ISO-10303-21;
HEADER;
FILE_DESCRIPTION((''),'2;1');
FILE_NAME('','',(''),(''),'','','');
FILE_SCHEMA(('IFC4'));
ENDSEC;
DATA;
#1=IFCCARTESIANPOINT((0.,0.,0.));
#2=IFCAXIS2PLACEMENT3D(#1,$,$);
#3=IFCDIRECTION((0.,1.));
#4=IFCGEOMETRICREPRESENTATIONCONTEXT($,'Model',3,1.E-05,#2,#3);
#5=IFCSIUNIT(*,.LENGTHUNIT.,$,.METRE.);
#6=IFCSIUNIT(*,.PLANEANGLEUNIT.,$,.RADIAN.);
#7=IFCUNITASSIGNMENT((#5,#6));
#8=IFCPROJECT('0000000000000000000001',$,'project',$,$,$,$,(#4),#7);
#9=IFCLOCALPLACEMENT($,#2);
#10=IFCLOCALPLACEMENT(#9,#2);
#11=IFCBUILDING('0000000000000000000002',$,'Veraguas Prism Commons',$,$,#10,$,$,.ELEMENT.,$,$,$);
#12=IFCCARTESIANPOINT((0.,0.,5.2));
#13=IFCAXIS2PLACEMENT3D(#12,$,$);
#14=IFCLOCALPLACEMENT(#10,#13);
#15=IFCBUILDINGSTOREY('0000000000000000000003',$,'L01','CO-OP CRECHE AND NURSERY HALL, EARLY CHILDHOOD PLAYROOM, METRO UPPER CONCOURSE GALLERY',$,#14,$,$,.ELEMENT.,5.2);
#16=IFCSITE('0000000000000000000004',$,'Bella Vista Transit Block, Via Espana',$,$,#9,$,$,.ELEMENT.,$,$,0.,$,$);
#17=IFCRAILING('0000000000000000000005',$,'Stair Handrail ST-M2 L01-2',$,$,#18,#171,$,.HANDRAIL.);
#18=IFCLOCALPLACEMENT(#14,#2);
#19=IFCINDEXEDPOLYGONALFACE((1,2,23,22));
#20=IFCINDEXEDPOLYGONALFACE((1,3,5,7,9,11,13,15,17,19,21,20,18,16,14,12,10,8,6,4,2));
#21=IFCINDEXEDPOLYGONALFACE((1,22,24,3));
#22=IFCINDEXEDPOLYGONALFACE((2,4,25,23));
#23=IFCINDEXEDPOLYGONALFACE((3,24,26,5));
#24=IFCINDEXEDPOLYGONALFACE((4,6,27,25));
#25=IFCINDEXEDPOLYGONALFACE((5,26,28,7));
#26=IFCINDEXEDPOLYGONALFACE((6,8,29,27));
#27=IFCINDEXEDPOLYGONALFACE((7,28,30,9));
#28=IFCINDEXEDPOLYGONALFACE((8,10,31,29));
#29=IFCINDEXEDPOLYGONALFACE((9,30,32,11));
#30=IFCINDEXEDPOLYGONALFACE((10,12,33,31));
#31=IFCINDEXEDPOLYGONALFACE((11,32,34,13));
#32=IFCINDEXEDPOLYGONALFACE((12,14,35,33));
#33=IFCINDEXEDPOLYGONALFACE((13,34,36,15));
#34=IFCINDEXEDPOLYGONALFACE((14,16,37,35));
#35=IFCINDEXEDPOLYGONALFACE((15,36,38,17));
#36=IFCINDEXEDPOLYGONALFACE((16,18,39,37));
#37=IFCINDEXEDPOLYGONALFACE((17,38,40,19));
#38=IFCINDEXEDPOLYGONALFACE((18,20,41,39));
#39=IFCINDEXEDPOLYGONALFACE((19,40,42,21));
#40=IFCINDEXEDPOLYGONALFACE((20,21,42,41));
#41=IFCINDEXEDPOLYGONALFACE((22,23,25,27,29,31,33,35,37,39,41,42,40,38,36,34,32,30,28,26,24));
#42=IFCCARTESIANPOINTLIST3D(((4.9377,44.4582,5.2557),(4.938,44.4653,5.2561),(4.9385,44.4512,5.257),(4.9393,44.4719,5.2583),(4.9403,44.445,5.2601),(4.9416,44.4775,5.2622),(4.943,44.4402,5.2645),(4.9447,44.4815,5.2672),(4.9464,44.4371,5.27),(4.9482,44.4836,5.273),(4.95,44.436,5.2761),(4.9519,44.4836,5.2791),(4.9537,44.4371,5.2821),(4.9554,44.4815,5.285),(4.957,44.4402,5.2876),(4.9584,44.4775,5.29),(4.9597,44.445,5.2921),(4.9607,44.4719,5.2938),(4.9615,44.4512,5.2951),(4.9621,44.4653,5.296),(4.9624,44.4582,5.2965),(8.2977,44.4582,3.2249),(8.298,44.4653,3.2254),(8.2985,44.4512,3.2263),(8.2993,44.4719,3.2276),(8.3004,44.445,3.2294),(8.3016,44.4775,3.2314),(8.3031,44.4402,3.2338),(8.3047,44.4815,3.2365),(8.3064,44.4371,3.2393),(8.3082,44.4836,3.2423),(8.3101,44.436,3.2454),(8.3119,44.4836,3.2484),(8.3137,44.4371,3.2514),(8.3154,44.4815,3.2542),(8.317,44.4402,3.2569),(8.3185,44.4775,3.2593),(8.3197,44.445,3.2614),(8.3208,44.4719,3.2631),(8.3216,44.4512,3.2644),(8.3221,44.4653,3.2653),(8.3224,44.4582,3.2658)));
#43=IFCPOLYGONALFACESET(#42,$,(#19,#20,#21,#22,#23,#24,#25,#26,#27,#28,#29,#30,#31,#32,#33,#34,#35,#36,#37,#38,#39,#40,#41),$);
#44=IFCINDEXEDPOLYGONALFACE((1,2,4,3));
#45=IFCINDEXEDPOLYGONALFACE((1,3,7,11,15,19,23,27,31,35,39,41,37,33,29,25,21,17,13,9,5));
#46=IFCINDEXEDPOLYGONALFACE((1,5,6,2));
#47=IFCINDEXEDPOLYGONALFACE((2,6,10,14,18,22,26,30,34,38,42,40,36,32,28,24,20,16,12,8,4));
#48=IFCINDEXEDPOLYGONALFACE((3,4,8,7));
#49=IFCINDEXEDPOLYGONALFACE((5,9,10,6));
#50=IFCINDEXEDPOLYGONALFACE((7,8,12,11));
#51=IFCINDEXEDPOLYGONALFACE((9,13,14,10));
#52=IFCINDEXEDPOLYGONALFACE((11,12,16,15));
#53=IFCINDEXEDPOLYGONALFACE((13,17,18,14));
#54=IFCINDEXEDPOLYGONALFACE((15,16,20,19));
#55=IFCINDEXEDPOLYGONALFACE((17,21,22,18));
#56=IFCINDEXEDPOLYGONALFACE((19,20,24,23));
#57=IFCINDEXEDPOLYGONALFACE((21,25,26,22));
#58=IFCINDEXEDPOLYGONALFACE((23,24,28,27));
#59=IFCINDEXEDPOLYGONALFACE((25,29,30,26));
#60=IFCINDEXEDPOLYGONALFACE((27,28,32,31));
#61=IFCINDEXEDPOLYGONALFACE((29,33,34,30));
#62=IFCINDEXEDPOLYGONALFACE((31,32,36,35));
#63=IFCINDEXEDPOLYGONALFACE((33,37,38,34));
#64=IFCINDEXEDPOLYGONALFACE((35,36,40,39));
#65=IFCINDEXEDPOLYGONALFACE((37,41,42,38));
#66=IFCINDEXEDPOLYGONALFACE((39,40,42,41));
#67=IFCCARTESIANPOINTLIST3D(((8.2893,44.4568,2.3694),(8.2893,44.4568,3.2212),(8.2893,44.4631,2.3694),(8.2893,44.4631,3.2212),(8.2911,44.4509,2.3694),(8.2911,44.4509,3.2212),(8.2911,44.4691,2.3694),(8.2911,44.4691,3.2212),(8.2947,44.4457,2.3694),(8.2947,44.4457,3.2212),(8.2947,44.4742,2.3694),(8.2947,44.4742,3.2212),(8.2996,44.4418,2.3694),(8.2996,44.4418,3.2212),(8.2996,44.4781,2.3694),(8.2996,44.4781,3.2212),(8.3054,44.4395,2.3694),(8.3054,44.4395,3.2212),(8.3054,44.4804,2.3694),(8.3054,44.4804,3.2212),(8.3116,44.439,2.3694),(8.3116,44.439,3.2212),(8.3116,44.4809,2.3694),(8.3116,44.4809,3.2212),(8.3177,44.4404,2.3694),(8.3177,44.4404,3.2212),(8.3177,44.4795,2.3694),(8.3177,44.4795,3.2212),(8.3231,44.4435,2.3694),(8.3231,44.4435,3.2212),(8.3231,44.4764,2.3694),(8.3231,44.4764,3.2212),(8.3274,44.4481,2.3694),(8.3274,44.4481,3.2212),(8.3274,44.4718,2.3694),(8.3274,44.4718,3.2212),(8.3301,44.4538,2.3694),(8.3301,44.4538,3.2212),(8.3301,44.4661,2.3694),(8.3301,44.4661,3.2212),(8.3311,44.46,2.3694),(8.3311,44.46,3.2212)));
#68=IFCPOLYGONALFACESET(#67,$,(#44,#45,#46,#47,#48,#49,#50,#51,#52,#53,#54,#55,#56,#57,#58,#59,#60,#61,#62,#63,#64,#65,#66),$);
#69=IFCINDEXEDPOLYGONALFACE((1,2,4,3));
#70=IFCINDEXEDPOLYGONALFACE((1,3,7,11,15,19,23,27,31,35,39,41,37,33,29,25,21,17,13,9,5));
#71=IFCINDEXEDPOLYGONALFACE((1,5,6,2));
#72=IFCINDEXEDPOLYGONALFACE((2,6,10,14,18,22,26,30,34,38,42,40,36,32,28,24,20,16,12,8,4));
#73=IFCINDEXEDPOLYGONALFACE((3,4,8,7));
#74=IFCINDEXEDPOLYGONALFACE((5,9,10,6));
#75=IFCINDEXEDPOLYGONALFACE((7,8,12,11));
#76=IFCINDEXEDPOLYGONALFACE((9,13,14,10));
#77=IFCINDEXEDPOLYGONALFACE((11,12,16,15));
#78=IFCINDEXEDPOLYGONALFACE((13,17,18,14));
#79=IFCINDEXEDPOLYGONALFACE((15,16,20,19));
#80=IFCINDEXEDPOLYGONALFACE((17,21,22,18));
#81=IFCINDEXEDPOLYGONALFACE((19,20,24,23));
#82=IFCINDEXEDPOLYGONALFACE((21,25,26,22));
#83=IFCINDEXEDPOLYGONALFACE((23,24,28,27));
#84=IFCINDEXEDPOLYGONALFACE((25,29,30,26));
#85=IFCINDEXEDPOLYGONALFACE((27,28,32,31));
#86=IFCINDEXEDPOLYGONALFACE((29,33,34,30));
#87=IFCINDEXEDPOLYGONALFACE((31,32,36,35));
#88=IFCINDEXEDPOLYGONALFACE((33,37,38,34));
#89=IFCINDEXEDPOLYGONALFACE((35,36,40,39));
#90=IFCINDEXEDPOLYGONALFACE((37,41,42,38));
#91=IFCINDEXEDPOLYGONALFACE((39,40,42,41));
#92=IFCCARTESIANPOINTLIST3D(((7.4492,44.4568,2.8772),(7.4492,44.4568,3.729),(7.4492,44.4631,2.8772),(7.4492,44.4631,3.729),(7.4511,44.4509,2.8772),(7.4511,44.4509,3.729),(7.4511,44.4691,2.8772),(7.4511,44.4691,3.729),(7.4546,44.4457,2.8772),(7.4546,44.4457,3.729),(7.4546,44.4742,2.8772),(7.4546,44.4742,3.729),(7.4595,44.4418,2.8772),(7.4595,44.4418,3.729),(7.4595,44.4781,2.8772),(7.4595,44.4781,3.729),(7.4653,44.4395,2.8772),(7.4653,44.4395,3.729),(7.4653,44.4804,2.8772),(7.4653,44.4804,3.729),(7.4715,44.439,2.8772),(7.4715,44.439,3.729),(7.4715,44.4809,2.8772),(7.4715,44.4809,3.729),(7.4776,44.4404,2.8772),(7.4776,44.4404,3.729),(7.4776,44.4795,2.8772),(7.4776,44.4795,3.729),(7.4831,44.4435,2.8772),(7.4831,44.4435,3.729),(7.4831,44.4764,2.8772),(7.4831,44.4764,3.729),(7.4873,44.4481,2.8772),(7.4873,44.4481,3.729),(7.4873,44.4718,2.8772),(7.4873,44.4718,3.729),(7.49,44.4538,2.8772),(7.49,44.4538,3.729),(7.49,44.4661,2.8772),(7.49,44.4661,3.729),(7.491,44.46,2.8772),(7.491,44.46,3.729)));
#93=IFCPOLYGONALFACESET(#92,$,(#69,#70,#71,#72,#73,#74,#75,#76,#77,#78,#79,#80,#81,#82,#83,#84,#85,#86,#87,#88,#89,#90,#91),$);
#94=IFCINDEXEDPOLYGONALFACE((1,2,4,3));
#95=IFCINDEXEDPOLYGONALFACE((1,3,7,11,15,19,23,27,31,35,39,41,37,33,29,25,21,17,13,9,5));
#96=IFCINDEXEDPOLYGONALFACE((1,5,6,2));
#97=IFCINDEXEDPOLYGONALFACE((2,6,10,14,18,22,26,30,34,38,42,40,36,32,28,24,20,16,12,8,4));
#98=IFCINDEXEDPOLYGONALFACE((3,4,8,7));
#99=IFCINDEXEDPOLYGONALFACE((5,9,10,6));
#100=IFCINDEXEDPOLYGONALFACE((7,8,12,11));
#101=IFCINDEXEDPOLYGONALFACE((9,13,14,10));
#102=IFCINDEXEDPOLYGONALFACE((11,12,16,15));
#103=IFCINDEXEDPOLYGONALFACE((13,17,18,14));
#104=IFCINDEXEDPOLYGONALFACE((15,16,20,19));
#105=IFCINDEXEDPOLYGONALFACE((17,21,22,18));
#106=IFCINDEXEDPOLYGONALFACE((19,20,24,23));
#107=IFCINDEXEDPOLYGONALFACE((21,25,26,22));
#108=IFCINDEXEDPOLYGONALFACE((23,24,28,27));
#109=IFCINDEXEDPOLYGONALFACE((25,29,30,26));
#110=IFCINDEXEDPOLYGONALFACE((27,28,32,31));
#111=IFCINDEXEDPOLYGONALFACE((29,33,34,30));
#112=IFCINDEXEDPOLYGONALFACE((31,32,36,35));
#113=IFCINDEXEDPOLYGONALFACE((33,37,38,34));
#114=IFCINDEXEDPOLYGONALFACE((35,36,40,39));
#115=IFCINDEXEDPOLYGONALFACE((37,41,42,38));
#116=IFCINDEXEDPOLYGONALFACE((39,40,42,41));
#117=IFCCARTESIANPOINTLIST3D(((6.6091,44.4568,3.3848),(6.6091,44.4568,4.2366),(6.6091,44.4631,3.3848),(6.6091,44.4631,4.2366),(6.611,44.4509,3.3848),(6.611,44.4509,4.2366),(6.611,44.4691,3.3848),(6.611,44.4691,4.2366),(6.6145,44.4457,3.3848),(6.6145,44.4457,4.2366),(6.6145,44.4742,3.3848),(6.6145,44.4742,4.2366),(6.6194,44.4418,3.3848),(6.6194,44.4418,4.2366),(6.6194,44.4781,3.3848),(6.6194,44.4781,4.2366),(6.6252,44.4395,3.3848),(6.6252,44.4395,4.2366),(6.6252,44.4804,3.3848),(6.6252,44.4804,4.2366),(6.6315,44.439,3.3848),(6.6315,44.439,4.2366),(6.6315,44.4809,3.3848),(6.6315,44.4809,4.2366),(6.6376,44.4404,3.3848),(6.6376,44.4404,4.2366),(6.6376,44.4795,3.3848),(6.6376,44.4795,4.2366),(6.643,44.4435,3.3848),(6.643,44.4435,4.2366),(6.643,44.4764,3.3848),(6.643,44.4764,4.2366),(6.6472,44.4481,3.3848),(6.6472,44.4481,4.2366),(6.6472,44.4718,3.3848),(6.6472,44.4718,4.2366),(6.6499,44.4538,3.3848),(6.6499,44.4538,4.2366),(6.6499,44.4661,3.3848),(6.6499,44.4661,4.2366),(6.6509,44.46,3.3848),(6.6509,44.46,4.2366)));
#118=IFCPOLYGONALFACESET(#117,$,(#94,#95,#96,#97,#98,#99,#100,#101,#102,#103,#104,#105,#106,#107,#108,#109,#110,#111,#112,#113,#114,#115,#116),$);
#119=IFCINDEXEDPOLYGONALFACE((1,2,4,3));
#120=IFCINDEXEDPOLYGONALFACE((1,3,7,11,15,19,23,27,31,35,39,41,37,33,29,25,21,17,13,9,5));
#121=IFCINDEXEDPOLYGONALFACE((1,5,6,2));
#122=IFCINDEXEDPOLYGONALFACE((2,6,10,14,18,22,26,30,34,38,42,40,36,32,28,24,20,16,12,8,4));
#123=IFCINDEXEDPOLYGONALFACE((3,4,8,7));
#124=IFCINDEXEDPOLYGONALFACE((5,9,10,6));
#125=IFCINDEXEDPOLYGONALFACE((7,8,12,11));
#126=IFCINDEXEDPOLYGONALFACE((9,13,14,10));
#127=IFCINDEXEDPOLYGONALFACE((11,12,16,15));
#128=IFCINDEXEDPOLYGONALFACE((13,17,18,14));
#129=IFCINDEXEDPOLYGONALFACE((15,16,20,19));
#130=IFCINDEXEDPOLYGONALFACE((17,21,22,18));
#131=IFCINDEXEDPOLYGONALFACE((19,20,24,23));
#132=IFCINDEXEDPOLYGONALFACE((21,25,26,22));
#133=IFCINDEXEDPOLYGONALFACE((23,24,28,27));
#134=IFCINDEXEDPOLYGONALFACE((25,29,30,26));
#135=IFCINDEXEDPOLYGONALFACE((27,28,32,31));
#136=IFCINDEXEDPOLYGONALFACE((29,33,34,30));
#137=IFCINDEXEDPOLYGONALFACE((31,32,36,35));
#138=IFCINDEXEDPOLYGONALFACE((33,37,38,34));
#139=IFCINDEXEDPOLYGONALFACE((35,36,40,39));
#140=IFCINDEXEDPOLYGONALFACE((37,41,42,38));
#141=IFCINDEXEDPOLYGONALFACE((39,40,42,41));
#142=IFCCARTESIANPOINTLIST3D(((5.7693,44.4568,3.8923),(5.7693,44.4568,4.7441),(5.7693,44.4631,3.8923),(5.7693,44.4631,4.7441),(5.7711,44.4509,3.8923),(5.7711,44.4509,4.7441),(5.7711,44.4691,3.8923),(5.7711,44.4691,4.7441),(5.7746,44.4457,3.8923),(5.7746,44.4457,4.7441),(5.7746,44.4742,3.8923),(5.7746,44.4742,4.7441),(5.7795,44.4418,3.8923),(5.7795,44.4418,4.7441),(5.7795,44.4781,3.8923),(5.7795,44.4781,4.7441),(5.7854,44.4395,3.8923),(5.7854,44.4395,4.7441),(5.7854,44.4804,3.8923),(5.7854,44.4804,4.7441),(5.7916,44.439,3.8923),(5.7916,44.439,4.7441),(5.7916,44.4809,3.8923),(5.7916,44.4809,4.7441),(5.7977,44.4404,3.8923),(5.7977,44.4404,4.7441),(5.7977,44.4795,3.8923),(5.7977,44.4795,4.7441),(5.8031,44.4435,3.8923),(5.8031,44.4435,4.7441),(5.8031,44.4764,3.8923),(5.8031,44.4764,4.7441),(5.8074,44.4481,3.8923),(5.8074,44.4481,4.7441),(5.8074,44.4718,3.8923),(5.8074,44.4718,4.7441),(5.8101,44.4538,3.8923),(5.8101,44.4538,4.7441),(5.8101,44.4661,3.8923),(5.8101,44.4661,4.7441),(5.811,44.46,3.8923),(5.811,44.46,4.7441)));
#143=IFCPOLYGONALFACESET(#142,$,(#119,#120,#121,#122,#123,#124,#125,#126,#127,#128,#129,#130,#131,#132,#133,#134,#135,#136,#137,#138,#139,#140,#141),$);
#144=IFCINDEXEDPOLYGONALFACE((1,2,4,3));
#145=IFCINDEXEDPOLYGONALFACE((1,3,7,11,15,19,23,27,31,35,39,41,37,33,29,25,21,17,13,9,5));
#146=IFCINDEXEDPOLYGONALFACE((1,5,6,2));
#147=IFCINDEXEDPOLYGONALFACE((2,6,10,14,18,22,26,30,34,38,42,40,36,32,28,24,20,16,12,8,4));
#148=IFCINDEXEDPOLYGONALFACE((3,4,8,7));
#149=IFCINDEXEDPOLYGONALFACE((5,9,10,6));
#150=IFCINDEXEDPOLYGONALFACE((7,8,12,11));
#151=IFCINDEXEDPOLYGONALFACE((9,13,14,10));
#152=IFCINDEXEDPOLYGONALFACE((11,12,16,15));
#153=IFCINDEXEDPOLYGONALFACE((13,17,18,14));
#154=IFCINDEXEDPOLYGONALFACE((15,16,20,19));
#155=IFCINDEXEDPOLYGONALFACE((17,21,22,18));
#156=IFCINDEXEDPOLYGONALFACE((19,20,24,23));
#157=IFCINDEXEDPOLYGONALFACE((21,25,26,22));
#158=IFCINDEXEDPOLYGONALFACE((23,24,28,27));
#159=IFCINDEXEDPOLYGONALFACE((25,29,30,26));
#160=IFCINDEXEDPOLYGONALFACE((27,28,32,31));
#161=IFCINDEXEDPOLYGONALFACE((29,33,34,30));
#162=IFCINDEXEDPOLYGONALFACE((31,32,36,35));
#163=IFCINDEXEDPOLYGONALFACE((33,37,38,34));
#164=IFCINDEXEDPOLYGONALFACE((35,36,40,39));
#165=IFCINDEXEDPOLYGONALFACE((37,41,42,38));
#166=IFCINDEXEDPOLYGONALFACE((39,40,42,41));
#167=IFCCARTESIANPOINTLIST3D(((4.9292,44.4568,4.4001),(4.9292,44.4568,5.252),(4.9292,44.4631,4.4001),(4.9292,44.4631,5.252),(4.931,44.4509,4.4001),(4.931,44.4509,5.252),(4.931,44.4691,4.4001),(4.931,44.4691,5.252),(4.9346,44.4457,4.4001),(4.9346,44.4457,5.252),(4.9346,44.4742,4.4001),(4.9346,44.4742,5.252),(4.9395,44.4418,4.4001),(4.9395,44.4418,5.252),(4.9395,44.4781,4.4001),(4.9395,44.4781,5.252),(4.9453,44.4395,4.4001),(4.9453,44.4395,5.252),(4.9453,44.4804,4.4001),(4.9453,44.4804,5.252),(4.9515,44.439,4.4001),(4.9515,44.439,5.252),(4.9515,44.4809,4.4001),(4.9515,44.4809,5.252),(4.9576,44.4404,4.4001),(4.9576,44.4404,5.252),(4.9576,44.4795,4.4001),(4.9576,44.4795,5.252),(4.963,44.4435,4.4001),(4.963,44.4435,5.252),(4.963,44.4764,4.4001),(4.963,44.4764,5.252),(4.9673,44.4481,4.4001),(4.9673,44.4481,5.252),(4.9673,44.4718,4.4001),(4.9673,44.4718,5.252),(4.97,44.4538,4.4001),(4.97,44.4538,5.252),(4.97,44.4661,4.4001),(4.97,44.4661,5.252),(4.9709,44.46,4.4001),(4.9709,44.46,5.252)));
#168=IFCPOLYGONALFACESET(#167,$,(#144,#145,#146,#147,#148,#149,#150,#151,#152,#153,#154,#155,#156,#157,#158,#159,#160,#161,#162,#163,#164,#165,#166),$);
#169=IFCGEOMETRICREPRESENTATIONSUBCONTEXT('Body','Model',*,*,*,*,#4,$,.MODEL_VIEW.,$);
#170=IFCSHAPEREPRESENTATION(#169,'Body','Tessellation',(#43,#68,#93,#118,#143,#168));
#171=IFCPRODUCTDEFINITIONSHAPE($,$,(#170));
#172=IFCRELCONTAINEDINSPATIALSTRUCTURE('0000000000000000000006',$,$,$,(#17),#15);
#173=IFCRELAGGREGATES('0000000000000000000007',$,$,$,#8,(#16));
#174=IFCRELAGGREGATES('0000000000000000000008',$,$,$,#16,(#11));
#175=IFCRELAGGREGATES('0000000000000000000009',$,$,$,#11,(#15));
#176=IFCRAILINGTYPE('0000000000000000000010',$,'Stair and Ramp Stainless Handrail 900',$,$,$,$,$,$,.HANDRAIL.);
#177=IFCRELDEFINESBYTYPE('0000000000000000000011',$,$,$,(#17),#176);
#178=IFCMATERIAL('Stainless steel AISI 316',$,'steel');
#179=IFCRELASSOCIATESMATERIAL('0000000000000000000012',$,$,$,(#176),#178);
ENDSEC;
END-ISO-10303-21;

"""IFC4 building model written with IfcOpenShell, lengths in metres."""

from ifc_helpers import new_model, si_unit, direction, frame, origin, origin_2d, place, context, subcontext, project, spatial, circle, extrude, material, type_object, element, save


model = new_model("IFC4")

# Units and contexts
model_context = context("Model", 3, precision=1e-05, world=origin(), true_north=direction((0.0, 1.0)))
body_context = subcontext(model_context, "Body", "Model", "MODEL_VIEW")
ifc_project = project(units=[si_unit("LENGTHUNIT", "METRE"), si_unit("PLANEANGLEUNIT", "RADIAN")], contexts=[model_context])

# Site, building, storey
site_placement = place(None, origin())
site = spatial("IfcSite", under=ifc_project, at=site_placement, Name="Bella Vista Transit Block, Via Espana", CompositionType="ELEMENT", RefElevation=0.0)
building_placement = place(site_placement, origin())
building = spatial("IfcBuilding", under=site, at=building_placement, Name="Veraguas Prism Commons", CompositionType="ELEMENT")
storey_placement = place(building_placement, frame((0.0, 0.0, 5.2)))
storey = spatial("IfcBuildingStorey", under=building, at=storey_placement, Name="L01", Description="CO-OP CRECHE AND NURSERY HALL, EARLY CHILDHOOD PLAYROOM, METRO UPPER CONCOURSE GALLERY", CompositionType="ELEMENT", Elevation=5.2)

# Railing
ifc_material_1 = material(Name="Stainless steel AISI 316", Category="steel")
railing_type_1 = type_object("IfcRailingType", Name="Stair and Ramp Stainless Handrail 900", PredefinedType="HANDRAIL", material=ifc_material_1)
railing_1_placement = place(storey_placement, frame((8.3101, 44.46, 2.3694)))
element("IfcRailing", 1, at=railing_1_placement, inside=storey, type_object=railing_type_1, Name="Stair Handrail ST-M2 L01-2", PredefinedType="HANDRAIL", context=body_context, shape_type="SweptSolid", body=[
    extrude(circle(Radius=0.0239, at=origin_2d()), frame((0.0, 0.0, 0.876), z_axis=(-0.855837, 0.0, 0.517246), x_axis=(0.0, -1.0, 0.0)), (0.0, 0.0, 1.0), 3.926),
    extrude(circle(Radius=0.021, at=origin_2d()), origin(), (0.0, 0.0, 1.0), 0.8518),
    extrude(circle(Radius=0.021, at=origin_2d()), frame((-0.8401, 0.0, 0.5078)), (0.0, 0.0, 1.0), 0.8518),
    extrude(circle(Radius=0.021, at=origin_2d()), frame((-1.6802, 0.0, 1.0154)), (0.0, 0.0, 1.0), 0.8518),
    extrude(circle(Radius=0.021, at=origin_2d()), frame((-2.52, 0.0, 1.5229)), (0.0, 0.0, 1.0), 0.8518),
    extrude(circle(Radius=0.021, at=origin_2d()), frame((-3.3601, 0.0, 2.0308)), (0.0, 0.0, 1.0), 0.8518),
])

save(model, "model.ifc")
